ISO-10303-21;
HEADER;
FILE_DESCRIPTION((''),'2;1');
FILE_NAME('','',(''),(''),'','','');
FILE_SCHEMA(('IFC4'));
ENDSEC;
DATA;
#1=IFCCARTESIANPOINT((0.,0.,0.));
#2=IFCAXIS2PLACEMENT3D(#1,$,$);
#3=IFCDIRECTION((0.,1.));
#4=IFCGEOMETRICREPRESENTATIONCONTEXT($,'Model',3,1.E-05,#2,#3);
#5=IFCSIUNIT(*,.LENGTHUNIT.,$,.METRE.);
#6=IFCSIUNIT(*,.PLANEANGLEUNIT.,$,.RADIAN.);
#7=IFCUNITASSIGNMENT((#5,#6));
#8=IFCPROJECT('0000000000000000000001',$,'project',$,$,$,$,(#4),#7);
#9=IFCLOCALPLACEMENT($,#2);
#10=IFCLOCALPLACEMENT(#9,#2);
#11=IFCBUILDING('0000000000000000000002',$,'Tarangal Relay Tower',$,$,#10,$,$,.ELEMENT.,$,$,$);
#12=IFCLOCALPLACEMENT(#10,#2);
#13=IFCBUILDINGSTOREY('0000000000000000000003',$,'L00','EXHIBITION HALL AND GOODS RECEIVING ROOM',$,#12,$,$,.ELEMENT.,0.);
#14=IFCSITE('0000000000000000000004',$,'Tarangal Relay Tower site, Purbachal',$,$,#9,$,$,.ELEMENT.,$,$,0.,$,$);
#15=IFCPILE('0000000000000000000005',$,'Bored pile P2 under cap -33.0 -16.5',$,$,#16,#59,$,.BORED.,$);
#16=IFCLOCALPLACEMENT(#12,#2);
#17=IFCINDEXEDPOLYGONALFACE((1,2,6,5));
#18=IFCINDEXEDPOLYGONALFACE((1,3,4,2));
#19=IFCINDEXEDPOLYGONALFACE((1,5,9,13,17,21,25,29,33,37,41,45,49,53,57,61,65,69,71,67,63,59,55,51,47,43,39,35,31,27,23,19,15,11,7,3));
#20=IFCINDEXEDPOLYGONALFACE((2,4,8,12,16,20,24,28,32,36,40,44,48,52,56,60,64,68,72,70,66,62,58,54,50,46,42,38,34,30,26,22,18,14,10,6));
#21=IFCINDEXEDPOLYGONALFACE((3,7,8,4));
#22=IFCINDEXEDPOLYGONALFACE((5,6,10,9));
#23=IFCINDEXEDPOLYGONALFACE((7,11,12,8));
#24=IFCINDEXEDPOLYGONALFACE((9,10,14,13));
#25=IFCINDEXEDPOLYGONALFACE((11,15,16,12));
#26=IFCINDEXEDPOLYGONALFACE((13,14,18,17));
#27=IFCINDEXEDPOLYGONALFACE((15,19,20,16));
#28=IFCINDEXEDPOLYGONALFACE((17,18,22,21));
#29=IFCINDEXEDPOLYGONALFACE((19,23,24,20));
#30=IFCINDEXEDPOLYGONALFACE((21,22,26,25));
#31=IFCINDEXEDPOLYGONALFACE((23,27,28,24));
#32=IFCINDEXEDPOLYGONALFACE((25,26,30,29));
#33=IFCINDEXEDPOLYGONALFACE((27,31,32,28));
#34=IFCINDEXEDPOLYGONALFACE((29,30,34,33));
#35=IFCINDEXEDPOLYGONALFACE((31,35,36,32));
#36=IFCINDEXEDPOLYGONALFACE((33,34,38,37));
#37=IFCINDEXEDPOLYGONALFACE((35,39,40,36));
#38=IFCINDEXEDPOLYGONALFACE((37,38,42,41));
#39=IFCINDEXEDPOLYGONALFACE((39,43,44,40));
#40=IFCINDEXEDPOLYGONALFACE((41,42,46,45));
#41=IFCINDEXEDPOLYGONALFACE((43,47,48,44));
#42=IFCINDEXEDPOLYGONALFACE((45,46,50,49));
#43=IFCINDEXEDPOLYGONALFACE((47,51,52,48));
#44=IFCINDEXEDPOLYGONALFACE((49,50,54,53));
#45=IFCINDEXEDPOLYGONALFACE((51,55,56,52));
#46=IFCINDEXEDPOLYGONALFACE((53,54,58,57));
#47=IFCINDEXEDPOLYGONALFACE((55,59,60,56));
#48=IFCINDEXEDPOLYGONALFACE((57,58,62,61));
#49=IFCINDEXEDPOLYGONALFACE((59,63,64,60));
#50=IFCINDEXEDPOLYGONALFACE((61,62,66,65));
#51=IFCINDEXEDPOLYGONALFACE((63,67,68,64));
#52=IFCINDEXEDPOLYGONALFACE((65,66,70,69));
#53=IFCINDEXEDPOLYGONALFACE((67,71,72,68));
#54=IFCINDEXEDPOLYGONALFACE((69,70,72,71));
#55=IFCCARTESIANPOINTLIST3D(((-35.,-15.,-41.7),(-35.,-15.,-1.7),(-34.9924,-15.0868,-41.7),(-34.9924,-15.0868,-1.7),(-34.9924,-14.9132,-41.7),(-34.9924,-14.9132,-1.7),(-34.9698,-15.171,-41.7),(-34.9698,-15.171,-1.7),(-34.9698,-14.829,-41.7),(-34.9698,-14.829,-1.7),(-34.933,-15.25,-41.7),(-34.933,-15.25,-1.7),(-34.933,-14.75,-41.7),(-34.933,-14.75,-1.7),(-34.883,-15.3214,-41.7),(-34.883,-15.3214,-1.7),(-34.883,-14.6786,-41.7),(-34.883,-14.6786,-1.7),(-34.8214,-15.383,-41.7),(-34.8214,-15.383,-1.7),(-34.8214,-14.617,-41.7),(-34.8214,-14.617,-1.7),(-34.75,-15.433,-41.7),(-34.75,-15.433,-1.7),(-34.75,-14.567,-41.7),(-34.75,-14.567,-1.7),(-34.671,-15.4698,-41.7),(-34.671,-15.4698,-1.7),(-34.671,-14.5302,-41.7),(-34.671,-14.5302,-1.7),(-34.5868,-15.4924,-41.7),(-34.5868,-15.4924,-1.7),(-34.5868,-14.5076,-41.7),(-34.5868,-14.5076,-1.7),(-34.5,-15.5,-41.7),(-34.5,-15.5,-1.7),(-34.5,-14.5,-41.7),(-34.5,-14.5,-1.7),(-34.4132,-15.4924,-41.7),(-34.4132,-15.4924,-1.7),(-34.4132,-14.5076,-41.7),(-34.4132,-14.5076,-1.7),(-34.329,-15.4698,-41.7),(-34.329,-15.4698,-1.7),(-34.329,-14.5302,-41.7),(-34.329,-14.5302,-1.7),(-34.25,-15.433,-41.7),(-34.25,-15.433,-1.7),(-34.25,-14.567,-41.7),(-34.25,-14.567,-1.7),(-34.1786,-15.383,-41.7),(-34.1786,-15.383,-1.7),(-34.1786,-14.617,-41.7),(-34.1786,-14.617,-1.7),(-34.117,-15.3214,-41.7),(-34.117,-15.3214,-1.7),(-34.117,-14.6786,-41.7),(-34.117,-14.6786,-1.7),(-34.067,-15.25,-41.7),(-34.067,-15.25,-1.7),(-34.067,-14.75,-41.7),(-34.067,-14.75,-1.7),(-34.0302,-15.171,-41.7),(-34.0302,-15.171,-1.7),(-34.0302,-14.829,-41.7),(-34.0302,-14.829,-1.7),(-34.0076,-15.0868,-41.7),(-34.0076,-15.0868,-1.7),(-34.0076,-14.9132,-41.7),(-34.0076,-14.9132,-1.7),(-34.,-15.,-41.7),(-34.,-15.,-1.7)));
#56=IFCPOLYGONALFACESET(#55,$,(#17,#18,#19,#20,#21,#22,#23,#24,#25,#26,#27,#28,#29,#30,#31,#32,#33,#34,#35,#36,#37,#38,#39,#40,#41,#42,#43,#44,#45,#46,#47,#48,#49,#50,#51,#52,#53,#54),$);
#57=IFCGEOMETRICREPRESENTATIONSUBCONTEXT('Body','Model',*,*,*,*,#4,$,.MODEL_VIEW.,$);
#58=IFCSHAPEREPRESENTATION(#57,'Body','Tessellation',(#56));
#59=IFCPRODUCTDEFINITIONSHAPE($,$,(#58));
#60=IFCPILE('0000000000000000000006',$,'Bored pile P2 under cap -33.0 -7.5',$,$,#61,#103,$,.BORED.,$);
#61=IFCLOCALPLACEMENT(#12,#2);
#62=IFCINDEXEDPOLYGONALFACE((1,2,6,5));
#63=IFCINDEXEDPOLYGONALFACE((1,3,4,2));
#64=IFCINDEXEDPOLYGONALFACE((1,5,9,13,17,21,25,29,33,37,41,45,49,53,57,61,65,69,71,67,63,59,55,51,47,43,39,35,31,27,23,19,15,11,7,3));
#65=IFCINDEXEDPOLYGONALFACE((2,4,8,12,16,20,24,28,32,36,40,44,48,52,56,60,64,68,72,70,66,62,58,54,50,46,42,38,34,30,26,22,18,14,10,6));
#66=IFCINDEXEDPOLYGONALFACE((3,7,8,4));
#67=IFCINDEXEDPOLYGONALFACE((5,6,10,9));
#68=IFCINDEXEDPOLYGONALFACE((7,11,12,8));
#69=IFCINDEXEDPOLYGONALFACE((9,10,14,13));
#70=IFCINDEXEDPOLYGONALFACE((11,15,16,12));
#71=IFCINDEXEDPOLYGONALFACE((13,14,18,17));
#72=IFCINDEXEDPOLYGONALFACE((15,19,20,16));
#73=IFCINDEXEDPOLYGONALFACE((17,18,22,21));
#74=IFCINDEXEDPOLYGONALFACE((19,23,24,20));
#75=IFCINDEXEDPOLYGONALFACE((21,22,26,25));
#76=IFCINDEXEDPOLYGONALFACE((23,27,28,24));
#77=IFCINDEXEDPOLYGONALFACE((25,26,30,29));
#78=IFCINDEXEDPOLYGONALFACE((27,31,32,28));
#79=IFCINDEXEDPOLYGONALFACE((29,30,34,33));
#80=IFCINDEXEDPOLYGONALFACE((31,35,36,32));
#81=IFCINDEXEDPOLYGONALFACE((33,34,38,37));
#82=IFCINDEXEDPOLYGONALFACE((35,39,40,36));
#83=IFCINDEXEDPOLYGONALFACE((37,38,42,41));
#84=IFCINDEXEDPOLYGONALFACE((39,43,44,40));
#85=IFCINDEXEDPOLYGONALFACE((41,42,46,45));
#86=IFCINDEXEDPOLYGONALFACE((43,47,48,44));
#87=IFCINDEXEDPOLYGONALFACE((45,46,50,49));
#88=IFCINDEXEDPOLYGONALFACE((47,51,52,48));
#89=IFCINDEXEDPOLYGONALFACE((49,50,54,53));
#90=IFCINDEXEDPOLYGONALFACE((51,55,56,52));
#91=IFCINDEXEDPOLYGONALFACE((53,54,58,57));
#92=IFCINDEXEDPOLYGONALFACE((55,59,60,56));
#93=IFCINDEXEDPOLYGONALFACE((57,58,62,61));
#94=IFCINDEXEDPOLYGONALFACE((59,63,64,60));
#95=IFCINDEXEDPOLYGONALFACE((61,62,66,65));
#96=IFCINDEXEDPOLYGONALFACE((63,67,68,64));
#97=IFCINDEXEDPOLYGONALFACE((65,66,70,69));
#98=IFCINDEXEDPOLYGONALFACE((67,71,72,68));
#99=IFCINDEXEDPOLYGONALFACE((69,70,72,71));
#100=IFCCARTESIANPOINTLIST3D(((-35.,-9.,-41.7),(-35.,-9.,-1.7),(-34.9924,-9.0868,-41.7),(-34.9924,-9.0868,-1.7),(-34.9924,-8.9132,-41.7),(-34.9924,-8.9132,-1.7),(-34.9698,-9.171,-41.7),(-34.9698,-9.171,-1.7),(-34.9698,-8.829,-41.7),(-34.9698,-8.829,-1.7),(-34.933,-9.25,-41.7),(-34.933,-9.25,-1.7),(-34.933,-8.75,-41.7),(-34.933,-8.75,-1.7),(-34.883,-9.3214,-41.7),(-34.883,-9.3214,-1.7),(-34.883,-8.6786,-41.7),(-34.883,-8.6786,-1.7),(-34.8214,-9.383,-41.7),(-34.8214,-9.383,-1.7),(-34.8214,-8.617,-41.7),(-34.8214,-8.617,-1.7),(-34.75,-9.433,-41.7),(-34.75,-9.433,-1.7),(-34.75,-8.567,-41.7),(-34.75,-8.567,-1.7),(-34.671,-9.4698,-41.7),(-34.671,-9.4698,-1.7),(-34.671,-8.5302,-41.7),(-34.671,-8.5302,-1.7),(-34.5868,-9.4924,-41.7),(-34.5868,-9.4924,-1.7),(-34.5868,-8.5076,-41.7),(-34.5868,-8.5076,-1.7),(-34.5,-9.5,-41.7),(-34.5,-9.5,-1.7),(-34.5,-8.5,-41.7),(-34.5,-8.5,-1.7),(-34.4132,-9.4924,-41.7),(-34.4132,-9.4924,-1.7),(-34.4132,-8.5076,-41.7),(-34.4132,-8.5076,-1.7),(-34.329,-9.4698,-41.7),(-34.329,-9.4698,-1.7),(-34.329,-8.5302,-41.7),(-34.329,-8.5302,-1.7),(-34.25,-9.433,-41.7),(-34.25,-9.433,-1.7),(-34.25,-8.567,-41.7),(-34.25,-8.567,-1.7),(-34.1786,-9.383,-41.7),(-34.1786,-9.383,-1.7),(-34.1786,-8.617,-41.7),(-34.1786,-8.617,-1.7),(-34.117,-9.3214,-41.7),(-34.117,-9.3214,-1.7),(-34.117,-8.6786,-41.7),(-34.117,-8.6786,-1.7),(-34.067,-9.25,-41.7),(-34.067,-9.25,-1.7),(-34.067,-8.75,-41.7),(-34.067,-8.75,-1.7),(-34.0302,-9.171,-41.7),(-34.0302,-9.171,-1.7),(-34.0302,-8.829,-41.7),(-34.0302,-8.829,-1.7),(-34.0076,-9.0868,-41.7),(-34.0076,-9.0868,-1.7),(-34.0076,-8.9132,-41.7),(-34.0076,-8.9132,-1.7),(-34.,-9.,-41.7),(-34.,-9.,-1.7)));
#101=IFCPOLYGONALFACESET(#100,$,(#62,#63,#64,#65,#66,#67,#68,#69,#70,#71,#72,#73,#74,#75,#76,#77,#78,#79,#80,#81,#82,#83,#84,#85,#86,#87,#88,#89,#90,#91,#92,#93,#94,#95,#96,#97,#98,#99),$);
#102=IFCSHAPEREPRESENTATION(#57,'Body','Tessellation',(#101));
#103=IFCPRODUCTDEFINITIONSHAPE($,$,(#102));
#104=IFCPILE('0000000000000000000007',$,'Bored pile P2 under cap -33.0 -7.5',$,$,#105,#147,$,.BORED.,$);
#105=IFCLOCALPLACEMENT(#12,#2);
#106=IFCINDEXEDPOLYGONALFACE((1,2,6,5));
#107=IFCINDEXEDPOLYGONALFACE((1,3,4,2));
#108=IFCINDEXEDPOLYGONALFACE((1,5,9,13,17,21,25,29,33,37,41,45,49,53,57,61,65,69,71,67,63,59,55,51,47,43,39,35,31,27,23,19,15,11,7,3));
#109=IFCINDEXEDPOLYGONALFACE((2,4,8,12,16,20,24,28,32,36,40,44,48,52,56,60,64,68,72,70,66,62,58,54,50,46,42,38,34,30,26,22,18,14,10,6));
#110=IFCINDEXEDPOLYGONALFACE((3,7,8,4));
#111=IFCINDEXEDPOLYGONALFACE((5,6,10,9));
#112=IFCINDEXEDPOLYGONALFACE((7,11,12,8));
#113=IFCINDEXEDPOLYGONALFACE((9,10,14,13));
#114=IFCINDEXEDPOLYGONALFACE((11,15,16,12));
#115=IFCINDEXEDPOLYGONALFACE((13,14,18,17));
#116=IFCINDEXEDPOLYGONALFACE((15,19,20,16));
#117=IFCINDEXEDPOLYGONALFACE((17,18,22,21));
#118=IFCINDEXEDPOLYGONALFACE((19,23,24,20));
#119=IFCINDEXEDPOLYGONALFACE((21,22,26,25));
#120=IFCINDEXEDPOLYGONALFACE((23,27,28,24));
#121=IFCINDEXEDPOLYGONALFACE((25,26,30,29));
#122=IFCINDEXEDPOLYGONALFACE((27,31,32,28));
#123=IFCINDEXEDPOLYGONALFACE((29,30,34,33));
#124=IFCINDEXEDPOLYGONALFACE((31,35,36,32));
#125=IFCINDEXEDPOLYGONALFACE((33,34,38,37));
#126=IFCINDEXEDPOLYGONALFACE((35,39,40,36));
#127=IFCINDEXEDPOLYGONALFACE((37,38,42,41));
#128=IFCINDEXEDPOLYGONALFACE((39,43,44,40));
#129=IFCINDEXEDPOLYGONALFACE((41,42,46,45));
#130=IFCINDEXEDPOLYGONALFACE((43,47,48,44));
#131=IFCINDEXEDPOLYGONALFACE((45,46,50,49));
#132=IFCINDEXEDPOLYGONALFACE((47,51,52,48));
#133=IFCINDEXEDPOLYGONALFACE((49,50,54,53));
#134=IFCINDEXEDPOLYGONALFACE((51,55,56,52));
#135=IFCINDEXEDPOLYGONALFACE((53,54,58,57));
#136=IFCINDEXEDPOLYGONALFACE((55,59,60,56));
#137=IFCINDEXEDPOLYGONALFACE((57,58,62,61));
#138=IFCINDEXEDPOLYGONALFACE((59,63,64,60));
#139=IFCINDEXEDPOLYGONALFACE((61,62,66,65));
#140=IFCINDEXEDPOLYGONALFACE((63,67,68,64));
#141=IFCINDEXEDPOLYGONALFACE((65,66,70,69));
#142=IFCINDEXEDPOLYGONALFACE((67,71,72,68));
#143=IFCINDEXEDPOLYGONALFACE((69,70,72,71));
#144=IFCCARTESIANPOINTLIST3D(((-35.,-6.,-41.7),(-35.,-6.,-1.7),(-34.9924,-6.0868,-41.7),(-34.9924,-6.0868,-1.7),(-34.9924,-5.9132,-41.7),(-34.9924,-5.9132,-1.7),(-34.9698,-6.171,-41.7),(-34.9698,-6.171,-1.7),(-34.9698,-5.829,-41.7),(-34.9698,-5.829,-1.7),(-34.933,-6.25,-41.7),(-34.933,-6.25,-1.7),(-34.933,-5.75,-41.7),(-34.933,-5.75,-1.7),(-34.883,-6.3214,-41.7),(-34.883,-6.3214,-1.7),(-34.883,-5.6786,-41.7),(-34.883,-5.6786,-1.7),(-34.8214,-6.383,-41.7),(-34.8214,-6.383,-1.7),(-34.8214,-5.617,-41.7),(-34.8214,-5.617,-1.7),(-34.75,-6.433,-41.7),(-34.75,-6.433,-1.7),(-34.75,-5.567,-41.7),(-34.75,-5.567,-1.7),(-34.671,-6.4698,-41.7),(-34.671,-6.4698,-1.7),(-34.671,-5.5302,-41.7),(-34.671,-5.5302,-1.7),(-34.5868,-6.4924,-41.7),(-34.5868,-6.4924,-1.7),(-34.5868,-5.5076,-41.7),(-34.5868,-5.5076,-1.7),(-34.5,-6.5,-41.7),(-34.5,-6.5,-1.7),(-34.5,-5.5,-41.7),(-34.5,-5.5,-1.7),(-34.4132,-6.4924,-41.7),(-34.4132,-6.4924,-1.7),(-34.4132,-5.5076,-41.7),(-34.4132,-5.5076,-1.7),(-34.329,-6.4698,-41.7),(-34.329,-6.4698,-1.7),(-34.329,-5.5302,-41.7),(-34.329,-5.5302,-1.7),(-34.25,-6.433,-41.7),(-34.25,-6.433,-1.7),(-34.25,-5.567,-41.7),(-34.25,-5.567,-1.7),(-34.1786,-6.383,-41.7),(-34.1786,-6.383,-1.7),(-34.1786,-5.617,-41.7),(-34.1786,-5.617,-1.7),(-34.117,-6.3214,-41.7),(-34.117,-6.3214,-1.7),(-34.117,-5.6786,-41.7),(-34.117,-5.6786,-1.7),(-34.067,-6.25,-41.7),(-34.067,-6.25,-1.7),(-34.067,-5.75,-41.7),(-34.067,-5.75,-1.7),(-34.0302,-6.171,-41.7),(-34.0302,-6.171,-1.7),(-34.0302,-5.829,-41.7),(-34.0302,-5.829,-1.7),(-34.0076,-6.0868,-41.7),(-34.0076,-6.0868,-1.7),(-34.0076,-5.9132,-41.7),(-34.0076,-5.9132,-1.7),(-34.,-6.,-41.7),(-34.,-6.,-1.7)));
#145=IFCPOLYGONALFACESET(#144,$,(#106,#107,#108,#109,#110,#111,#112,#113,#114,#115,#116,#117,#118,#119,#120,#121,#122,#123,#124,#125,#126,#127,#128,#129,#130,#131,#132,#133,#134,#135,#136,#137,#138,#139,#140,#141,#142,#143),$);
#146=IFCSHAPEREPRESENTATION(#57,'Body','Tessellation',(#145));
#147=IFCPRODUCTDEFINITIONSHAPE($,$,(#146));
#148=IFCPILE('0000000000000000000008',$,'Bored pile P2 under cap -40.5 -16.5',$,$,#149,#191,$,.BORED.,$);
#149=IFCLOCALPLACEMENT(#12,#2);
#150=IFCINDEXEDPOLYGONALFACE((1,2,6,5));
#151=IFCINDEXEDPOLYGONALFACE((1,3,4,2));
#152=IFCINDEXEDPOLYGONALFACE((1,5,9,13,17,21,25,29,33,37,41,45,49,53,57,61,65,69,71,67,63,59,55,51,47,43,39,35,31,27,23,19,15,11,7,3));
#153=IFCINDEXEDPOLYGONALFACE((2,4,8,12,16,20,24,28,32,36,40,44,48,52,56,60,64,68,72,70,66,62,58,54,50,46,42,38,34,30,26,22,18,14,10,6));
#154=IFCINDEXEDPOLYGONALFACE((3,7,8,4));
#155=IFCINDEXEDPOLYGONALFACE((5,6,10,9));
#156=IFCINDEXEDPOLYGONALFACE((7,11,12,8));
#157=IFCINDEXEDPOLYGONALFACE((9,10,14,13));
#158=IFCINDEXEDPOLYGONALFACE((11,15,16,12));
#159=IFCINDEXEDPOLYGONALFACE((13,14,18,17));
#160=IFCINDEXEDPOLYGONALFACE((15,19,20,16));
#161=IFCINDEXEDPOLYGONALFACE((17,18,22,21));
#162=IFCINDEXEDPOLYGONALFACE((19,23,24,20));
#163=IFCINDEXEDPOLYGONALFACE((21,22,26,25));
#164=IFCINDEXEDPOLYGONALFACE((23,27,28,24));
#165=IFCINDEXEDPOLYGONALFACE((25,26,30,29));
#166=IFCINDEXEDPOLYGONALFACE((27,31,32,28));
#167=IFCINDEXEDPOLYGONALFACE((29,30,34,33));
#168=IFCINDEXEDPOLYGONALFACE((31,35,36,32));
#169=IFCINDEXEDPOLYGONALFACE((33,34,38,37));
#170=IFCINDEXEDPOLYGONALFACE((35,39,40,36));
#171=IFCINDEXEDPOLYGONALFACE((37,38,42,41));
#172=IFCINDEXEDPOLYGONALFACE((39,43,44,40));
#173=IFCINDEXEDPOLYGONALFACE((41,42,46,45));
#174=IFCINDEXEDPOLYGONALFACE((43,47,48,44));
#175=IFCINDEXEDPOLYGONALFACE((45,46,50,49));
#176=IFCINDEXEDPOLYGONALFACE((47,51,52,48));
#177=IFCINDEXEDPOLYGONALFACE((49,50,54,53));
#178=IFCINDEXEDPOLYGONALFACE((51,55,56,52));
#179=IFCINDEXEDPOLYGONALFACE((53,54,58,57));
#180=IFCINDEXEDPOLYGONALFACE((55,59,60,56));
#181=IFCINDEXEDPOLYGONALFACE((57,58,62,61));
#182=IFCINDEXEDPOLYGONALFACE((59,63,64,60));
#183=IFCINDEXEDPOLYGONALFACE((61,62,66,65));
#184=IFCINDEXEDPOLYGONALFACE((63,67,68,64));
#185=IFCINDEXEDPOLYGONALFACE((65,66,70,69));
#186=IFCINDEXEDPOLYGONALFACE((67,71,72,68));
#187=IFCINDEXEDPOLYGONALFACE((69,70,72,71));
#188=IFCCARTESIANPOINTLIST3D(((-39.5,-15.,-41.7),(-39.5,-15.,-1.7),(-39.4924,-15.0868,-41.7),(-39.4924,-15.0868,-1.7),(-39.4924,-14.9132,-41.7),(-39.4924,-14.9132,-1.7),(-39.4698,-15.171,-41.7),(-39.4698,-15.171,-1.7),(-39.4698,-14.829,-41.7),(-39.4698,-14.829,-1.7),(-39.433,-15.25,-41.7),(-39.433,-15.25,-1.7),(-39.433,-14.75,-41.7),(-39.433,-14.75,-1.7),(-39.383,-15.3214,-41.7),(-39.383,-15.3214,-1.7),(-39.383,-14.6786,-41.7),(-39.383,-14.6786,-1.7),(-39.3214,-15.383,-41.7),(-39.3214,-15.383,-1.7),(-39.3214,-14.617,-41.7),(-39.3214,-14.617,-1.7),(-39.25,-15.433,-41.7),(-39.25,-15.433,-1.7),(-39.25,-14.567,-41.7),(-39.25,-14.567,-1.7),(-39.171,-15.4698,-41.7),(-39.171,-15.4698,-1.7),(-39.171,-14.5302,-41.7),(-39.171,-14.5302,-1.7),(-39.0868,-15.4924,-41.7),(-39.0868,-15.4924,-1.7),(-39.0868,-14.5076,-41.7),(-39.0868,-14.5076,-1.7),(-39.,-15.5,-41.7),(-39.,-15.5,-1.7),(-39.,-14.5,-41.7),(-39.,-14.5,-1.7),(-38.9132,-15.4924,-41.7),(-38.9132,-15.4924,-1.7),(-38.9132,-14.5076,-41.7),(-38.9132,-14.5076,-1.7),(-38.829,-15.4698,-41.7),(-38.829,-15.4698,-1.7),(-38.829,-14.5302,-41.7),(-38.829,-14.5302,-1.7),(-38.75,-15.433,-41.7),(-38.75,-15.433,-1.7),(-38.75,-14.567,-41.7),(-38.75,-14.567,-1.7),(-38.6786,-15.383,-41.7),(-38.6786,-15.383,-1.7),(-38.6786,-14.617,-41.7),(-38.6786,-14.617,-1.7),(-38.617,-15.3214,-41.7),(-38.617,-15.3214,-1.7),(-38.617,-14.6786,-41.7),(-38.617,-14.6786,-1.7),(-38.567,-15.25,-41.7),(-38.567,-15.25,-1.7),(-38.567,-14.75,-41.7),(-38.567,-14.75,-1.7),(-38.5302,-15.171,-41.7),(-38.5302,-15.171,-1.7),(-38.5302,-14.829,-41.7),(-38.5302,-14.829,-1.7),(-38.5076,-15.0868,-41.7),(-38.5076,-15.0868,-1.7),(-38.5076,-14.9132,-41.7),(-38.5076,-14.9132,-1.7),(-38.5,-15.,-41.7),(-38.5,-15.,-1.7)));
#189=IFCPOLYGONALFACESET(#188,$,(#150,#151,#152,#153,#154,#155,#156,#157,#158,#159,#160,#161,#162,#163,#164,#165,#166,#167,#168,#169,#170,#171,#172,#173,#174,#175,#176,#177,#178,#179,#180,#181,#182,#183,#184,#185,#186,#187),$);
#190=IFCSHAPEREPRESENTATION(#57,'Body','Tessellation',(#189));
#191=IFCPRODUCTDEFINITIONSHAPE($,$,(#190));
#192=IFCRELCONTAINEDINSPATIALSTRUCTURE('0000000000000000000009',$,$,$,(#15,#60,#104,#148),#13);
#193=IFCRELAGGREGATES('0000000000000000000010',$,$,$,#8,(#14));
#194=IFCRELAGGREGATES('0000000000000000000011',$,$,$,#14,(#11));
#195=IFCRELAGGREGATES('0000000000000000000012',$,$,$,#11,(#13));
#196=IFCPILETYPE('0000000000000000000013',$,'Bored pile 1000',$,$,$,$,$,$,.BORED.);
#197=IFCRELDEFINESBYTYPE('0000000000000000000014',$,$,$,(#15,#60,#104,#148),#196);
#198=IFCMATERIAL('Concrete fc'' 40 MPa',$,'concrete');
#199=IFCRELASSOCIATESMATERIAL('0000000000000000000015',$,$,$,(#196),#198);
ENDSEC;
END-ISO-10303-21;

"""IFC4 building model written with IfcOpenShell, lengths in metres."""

from ifc_helpers import new_model, si_unit, direction, frame, origin, origin_2d, place, context, subcontext, project, spatial, circle, extrude, material, material_profile, profile_set, type_object, element, save


model = new_model("IFC4")

# Units and contexts
model_context = context("Model", 3, precision=1e-05, world=origin(), true_north=direction((0.0, 1.0)))
body_context = subcontext(model_context, "Body", "Model", "MODEL_VIEW")
ifc_project = project(units=[si_unit("LENGTHUNIT", "METRE"), si_unit("PLANEANGLEUNIT", "RADIAN")], contexts=[model_context])

# Site, building, storey
site_placement = place(None, origin())
site = spatial("IfcSite", under=ifc_project, at=site_placement, Name="Tarangal Relay Tower site, Purbachal", CompositionType="ELEMENT", RefElevation=0.0)
building_placement = place(site_placement, origin())
building = spatial("IfcBuilding", under=site, at=building_placement, Name="Tarangal Relay Tower", CompositionType="ELEMENT")
storey_placement = place(building_placement, origin())
storey = spatial("IfcBuildingStorey", under=building, at=storey_placement, Name="L00", Description="EXHIBITION HALL AND GOODS RECEIVING ROOM", CompositionType="ELEMENT", Elevation=0.0)

# Piles
ifc_material_1 = material(Name="Concrete fc' 40 MPa", Category="concrete")
ifc_material_profile_1 = material_profile(ifc_material_1, circle(Radius=0.5, at=origin_2d()), Name="D1000")
ifc_profile_set_1 = profile_set([ifc_material_profile_1], Name="Concrete fc' 40 MPa")
pile_type = type_object("IfcPileType", Name="Bored pile 1000", PredefinedType="BORED", material=ifc_profile_set_1)
for number, where, z_axis, x_axis, name in (
    (1, (-34.5, -15.0, -1.7), (0.0, 0.0, -1.0), (1.0, 0.0, 0.0), "Bored pile P2 under cap -33.0 -16.5"),
    (2, (-34.5, -9.0, -1.7), (0.0, 0.0, -1.0), (1.0, 0.0, 0.0), "Bored pile P2 under cap -33.0 -7.5"),
    (3, (-34.5, -6.0, -1.7), (0.0, 0.0, -1.0), (1.0, 0.0, 0.0), "Bored pile P2 under cap -33.0 -7.5"),
    (4, (-39.0, -15.0, -1.7), (0.0, 0.0, -1.0), (1.0, 0.0, 0.0), "Bored pile P2 under cap -40.5 -16.5"),
):
    element("IfcPile", number, at=place(storey_placement, frame(where, z_axis=z_axis, x_axis=x_axis)), inside=storey, type_object=pile_type, Name=name, PredefinedType="BORED", context=body_context, shape_type="SweptSolid", body=[
        extrude(circle(Radius=0.5, at=origin_2d()), origin(), (0.0, 0.0, 1.0), 40.0),
    ])

save(model, "model.ifc")
